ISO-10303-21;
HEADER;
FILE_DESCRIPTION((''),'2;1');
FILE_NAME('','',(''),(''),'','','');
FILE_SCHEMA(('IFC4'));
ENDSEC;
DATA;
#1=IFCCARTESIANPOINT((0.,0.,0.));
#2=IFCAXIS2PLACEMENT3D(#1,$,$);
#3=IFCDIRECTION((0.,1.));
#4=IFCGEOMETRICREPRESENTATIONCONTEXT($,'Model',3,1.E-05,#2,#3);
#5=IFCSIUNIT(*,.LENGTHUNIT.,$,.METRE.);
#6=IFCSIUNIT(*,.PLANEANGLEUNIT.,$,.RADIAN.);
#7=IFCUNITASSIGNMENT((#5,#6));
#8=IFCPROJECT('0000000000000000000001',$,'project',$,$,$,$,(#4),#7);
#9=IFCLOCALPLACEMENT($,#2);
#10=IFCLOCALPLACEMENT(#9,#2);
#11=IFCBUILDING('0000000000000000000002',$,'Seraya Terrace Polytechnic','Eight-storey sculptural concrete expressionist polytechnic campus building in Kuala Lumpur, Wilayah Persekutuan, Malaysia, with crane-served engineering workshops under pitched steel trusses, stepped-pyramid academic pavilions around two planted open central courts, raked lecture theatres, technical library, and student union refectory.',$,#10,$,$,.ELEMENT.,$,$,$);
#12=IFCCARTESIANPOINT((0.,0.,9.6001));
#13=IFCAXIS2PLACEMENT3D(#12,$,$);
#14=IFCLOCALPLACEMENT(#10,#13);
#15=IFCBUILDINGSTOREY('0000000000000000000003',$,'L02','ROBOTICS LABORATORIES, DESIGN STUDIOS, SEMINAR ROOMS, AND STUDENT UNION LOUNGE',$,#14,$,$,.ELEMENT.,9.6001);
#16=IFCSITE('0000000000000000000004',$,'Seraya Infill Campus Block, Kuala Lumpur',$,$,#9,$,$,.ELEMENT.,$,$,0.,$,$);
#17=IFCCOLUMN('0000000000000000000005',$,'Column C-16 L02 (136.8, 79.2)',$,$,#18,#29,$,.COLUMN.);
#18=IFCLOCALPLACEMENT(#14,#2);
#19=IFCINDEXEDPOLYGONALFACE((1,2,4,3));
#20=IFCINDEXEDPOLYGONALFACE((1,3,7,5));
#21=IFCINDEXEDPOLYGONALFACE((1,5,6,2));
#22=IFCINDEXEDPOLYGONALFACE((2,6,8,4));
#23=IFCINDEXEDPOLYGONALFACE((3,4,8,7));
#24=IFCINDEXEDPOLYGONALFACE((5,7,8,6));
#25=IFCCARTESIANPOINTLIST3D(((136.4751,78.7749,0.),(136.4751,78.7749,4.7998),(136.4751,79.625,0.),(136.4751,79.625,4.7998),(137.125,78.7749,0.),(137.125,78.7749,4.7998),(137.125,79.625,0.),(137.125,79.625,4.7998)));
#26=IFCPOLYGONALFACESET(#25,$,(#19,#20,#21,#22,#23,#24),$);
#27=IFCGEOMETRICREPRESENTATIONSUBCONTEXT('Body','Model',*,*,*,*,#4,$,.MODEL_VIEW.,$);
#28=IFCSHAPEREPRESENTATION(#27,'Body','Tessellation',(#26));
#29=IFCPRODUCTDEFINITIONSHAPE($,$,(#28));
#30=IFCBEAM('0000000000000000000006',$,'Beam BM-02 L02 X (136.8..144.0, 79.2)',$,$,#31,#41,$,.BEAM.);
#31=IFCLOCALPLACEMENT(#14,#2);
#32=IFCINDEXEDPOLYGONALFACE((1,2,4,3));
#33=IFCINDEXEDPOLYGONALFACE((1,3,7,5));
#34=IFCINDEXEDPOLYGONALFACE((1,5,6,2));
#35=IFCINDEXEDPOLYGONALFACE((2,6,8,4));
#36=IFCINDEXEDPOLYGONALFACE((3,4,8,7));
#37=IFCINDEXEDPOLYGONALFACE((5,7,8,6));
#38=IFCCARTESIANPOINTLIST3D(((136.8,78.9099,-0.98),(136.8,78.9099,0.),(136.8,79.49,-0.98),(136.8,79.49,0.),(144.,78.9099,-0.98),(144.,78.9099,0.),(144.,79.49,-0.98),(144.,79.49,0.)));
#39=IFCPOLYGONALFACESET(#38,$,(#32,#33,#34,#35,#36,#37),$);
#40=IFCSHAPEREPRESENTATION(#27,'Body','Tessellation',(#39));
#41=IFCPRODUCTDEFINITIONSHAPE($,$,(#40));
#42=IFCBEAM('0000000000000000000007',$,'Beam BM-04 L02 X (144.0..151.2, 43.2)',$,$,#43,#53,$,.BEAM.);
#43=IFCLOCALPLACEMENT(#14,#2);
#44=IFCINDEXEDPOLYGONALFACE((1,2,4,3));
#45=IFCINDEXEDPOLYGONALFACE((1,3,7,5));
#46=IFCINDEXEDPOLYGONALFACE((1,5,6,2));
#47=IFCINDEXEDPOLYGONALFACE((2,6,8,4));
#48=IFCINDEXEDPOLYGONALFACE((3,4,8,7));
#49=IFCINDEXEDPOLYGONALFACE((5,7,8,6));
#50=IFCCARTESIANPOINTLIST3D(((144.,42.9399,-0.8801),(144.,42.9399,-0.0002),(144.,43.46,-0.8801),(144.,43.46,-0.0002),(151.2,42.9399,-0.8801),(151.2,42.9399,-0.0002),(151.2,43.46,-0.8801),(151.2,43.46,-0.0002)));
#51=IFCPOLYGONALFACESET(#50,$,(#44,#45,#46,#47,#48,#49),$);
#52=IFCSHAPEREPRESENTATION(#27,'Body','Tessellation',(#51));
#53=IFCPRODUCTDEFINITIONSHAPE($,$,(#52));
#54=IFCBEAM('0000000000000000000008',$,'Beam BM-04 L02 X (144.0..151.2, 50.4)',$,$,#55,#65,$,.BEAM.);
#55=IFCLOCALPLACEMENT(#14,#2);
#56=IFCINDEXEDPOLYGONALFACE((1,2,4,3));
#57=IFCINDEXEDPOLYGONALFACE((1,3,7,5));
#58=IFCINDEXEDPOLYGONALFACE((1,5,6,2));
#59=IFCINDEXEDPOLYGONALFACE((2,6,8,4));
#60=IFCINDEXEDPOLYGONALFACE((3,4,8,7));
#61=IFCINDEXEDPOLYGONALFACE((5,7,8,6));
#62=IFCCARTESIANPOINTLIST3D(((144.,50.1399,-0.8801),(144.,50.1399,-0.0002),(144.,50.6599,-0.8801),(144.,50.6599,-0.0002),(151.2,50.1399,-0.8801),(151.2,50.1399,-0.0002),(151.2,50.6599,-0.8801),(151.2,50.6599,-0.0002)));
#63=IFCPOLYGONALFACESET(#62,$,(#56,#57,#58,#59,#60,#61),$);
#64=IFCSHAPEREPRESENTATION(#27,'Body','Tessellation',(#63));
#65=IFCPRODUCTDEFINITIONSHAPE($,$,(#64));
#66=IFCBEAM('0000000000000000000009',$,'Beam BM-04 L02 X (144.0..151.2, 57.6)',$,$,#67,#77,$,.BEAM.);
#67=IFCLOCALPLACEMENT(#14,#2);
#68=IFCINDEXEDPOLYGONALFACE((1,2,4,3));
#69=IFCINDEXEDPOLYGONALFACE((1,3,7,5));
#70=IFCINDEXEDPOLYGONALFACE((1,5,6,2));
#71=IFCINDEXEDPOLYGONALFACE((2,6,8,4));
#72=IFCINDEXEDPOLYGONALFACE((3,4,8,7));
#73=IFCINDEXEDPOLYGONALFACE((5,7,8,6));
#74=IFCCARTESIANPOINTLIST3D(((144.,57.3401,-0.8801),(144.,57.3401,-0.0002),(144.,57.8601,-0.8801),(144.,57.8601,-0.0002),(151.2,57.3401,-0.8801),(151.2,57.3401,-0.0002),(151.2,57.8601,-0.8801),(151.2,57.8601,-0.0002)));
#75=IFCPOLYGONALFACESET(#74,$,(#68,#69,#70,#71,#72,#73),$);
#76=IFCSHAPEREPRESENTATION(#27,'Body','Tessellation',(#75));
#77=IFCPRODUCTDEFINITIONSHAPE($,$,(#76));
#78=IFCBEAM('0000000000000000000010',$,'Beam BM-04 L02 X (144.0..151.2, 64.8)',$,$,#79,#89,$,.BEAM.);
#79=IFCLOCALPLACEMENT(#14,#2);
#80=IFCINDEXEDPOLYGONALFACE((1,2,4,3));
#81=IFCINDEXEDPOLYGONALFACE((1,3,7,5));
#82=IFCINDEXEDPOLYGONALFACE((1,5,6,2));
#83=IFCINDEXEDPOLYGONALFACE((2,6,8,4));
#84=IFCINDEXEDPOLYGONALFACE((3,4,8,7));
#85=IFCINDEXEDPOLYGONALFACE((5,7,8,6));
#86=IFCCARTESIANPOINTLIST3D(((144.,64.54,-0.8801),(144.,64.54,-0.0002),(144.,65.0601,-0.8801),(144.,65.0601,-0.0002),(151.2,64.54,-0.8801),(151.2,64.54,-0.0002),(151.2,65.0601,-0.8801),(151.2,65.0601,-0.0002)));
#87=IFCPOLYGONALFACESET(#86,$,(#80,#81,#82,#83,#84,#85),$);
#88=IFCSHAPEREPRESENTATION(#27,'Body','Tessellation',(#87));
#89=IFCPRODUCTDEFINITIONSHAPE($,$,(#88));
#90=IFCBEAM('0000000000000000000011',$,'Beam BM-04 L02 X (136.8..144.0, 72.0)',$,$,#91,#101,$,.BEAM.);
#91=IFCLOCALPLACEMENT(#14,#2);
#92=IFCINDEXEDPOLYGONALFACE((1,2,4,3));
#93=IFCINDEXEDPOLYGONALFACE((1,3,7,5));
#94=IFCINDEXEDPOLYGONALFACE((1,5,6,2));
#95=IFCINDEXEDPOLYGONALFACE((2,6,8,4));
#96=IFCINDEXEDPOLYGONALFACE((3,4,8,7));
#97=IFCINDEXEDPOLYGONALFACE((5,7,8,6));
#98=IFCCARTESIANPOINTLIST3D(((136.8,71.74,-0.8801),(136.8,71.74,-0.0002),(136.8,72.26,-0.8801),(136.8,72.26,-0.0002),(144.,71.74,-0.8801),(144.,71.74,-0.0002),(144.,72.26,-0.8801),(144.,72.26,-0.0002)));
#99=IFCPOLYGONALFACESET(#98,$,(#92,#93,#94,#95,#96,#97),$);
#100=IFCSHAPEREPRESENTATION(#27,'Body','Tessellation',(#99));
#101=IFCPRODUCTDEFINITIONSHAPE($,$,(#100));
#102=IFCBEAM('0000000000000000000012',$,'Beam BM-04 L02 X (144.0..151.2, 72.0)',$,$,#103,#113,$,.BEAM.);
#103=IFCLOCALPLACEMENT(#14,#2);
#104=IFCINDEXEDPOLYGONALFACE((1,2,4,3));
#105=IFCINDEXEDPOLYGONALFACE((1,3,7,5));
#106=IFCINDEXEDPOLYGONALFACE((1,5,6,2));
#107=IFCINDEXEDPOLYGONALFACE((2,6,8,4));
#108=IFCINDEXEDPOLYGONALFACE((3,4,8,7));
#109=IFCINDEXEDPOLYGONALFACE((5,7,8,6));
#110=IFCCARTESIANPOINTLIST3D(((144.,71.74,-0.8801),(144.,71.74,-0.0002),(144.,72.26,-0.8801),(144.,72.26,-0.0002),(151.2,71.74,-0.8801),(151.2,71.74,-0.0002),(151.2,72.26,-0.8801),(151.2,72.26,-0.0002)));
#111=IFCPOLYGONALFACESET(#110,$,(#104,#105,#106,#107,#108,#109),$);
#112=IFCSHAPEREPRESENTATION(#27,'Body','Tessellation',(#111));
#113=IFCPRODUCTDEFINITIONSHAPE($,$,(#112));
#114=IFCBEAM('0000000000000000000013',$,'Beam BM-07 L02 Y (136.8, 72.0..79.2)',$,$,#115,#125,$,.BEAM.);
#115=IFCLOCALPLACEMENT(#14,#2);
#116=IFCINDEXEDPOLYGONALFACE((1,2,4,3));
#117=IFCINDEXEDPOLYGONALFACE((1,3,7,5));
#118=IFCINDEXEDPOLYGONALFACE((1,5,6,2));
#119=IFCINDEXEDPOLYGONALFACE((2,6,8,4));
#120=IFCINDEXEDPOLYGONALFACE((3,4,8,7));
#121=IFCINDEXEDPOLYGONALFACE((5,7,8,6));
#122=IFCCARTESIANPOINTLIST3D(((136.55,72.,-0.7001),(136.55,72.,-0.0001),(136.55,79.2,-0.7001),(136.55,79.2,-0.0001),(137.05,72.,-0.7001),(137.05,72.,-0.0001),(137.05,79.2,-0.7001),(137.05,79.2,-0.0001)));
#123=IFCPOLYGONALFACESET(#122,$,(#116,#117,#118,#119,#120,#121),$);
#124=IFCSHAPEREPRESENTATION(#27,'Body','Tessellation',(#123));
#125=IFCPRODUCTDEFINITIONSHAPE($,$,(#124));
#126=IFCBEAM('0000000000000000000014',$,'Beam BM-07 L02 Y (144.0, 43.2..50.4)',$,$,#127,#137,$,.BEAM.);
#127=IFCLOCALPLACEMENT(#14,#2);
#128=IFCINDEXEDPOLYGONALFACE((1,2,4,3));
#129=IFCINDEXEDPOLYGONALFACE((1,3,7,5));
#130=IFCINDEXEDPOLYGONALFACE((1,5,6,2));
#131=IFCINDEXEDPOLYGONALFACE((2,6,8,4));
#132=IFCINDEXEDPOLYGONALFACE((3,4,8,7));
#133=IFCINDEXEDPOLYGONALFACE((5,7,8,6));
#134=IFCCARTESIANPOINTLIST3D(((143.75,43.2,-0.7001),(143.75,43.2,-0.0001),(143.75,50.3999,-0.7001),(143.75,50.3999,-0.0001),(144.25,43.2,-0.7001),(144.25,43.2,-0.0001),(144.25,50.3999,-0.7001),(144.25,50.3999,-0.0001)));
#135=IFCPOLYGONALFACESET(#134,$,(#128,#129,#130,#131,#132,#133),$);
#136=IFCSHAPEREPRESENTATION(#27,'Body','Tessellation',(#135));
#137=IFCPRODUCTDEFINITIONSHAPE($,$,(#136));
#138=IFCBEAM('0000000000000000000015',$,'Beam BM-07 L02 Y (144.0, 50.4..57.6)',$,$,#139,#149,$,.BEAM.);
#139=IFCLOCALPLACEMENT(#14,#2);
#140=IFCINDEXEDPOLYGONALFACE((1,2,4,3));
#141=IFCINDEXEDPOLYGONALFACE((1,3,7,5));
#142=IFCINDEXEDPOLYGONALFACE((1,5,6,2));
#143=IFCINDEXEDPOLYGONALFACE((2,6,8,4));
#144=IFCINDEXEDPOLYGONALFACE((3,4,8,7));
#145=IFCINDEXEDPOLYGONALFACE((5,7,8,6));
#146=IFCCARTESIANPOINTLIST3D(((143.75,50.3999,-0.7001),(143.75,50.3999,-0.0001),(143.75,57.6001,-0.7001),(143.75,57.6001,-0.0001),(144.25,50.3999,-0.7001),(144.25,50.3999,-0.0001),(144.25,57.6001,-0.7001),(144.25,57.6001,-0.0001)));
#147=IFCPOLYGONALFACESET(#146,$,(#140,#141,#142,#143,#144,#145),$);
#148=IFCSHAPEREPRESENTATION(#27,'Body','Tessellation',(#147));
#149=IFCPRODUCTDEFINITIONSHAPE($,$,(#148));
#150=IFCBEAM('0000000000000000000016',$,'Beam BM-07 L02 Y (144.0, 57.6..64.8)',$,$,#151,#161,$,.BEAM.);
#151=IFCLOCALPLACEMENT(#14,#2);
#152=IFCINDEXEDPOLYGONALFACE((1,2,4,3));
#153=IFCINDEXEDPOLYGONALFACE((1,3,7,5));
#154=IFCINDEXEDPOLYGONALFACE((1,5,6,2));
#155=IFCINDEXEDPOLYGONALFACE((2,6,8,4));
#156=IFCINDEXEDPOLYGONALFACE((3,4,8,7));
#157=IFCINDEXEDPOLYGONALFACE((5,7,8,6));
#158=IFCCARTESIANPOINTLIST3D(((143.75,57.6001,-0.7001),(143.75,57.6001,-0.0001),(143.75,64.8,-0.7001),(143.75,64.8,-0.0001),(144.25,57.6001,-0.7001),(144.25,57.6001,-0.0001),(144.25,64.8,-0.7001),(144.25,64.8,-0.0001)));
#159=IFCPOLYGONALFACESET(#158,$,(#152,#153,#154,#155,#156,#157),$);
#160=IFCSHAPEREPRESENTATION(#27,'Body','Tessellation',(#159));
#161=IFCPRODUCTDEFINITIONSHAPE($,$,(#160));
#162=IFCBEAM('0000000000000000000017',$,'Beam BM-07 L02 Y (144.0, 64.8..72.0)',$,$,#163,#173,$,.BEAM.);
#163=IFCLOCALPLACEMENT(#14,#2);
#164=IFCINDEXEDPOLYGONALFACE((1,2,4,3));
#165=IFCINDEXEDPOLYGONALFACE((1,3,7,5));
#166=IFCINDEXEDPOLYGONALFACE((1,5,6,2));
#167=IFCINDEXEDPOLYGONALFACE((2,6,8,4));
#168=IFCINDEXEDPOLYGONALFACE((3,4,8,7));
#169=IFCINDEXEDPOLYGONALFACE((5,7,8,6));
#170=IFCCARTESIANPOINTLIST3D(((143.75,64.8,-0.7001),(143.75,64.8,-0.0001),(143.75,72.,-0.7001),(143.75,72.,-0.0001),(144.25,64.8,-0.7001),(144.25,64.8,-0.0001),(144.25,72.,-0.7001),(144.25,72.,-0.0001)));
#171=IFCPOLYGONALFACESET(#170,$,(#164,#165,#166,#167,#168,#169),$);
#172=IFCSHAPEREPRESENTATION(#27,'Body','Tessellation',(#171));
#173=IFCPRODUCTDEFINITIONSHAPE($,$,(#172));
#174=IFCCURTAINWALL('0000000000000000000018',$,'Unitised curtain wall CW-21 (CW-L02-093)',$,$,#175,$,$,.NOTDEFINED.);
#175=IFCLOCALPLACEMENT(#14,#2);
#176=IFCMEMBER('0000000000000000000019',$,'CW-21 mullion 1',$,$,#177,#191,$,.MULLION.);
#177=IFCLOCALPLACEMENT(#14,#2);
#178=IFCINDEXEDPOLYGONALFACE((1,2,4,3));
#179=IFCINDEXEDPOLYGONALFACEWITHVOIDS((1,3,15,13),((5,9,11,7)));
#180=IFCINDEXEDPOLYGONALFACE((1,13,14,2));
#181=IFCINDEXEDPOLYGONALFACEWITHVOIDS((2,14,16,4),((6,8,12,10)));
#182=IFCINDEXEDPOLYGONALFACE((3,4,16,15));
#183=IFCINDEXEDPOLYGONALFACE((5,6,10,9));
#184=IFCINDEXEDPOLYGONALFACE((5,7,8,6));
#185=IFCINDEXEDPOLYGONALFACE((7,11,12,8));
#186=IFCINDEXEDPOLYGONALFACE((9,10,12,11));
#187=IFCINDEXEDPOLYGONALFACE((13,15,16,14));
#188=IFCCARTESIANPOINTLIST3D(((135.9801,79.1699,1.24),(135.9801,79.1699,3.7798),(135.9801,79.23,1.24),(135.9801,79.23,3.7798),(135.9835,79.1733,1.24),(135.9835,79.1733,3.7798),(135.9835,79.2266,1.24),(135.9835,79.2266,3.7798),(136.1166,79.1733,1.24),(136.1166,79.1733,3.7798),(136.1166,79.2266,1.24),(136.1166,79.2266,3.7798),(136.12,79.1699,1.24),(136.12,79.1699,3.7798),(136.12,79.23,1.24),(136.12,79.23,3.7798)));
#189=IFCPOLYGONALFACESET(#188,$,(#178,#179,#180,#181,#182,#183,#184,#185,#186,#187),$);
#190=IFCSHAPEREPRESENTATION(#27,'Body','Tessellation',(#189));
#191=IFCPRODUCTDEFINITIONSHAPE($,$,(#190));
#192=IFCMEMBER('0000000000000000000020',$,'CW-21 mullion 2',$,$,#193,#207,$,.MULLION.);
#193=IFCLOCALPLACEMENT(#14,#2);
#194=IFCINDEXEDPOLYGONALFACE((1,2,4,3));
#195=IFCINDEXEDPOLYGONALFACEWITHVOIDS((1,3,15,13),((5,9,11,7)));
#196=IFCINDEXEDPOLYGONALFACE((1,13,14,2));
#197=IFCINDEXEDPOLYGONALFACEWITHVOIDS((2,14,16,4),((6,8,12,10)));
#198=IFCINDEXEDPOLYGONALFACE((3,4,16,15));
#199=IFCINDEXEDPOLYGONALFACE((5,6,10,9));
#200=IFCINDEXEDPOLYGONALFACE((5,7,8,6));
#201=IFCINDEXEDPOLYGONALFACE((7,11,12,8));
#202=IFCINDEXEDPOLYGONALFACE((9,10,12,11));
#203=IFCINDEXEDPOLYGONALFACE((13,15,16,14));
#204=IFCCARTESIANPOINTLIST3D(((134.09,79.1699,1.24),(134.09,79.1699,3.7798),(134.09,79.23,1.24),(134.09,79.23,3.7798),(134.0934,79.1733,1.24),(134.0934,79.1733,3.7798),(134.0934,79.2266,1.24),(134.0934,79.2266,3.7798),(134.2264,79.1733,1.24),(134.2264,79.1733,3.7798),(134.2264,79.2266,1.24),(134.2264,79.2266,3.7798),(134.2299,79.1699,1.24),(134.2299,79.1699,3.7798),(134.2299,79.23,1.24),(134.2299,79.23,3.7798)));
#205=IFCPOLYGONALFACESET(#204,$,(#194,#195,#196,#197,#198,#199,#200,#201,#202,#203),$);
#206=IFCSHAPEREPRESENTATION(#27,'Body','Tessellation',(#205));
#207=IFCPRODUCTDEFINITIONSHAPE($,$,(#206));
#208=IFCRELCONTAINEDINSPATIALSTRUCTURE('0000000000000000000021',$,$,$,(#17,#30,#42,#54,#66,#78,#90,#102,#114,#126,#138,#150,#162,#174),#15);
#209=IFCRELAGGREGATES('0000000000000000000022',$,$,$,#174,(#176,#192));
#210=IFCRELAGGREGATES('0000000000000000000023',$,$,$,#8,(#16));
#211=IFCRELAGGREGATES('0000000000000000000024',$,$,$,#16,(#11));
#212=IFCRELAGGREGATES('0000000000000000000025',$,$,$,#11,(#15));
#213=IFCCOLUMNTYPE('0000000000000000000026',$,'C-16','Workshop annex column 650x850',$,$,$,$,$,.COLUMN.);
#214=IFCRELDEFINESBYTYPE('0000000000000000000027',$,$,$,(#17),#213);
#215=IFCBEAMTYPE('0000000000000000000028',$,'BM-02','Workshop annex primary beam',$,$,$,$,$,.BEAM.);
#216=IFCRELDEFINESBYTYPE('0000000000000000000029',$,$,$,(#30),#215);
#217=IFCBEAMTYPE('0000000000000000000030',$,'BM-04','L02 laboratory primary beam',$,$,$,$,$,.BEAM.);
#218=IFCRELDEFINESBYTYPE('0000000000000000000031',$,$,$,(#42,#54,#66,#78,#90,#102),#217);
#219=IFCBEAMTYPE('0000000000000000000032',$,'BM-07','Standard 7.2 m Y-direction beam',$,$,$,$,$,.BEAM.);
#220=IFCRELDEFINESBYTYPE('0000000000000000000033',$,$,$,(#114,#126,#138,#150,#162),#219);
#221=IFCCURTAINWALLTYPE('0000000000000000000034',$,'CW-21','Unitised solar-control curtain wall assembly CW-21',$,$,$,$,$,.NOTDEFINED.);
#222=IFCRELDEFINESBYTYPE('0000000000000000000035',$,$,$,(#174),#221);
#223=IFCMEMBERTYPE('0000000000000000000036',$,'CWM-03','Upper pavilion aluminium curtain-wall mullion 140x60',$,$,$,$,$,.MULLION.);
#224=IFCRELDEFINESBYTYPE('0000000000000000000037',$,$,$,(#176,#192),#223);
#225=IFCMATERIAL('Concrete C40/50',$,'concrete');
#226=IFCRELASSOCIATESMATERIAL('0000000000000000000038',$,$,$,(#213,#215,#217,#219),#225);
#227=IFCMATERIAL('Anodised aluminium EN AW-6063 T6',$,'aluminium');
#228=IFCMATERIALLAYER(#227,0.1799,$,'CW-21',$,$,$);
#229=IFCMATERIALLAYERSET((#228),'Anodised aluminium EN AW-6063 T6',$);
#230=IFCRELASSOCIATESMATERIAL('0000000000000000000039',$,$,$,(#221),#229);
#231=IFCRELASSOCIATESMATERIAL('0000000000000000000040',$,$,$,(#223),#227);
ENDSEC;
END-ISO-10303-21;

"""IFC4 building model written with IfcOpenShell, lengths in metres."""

from ifc_helpers import new_model, si_unit, direction, frame, origin, origin_2d, place, context, subcontext, project, spatial, rectangle, hollow_rectangle, extrude, material, layer, layer_set, material_profile, profile_set, type_object, element, aggregate, save


model = new_model("IFC4")

# Units and contexts
model_context = context("Model", 3, precision=1e-05, world=origin(), true_north=direction((0.0, 1.0)))
body_context = subcontext(model_context, "Body", "Model", "MODEL_VIEW")
ifc_project = project(units=[si_unit("LENGTHUNIT", "METRE"), si_unit("PLANEANGLEUNIT", "RADIAN")], contexts=[model_context])

# Site, building, storey
site_placement = place(None, origin())
site = spatial("IfcSite", under=ifc_project, at=site_placement, Name="Seraya Infill Campus Block, Kuala Lumpur", CompositionType="ELEMENT", RefElevation=0.0)
building_placement = place(site_placement, origin())
building = spatial("IfcBuilding", under=site, at=building_placement, Name="Seraya Terrace Polytechnic", Description="Eight-storey sculptural concrete expressionist polytechnic campus building in Kuala Lumpur, Wilayah Persekutuan, Malaysia, with crane-served engineering workshops under pitched steel trusses, stepped-pyramid academic pavilions around two planted open central courts, raked lecture theatres, technical library, and student union refectory.", CompositionType="ELEMENT")
storey_placement = place(building_placement, frame((0.0, 0.0, 9.6001)))
storey = spatial("IfcBuildingStorey", under=building, at=storey_placement, Name="L02", Description="ROBOTICS LABORATORIES, DESIGN STUDIOS, SEMINAR ROOMS, AND STUDENT UNION LOUNGE", CompositionType="ELEMENT", Elevation=9.6001)

# Column
ifc_material_1 = material(Name="Concrete C40/50", Category="concrete")
ifc_material_profile_1 = material_profile(ifc_material_1, rectangle(XDim=0.6499, YDim=0.8501, at=origin_2d()), Name="RC 650x850")
ifc_profile_set_1 = profile_set([ifc_material_profile_1], Name="Concrete C40/50")
column_type = type_object("IfcColumnType", Name="C-16", Description="Workshop annex column 650x850", PredefinedType="COLUMN", material=ifc_profile_set_1)
column_placement = place(storey_placement, frame((136.8, 79.2, 0.0), z_axis=(0.0, 0.0, 1.0), x_axis=(1.0, 0.0, 0.0)))
element("IfcColumn", 1, at=column_placement, inside=storey, type_object=column_type, Name="Column C-16 L02 (136.8, 79.2)", PredefinedType="COLUMN", context=body_context, shape_type="SweptSolid", body=[
    extrude(rectangle(XDim=0.6499, YDim=0.8501, at=origin_2d()), origin(), (0.0, 0.0, 1.0), 4.7998),
])

# Beams
ifc_material_profile_2 = material_profile(ifc_material_1, rectangle(XDim=0.5801, YDim=0.98, at=origin_2d()), Name="RC 580x980")
ifc_profile_set_2 = profile_set([ifc_material_profile_2], Name="Concrete C40/50")
beam_type_1 = type_object("IfcBeamType", Name="BM-02", Description="Workshop annex primary beam", PredefinedType="BEAM", material=ifc_profile_set_2)
beam_1_placement = place(storey_placement, frame((136.8, 79.2, -0.49), z_axis=(1.0, 0.0, 0.0), x_axis=(0.0, 1.0, 0.0)))
element("IfcBeam", 2, at=beam_1_placement, inside=storey, type_object=beam_type_1, Name="Beam BM-02 L02 X (136.8..144.0, 79.2)", PredefinedType="BEAM", context=body_context, shape_type="SweptSolid", body=[
    extrude(rectangle(XDim=0.5801, YDim=0.98, at=origin_2d()), origin(), (0.0, 0.0, 1.0), 7.2),
])
ifc_material_profile_3 = material_profile(ifc_material_1, rectangle(XDim=0.52, YDim=0.8799, at=origin_2d()), Name="RC 520x880")
ifc_profile_set_3 = profile_set([ifc_material_profile_3], Name="Concrete C40/50")
beam_type_2 = type_object("IfcBeamType", Name="BM-04", Description="L02 laboratory primary beam", PredefinedType="BEAM", material=ifc_profile_set_3)
for number, where, z_axis, x_axis, name in (
    (3, (144.0, 43.2, -0.4402), (1.0, 0.0, 0.0), (0.0, 1.0, 0.0), "Beam BM-04 L02 X (144.0..151.2, 43.2)"),
    (4, (144.0, 50.3999, -0.4402), (1.0, 0.0, 0.0), (0.0, 1.0, 0.0), "Beam BM-04 L02 X (144.0..151.2, 50.4)"),
    (5, (144.0, 57.6001, -0.4402), (1.0, 0.0, 0.0), (0.0, 1.0, 0.0), "Beam BM-04 L02 X (144.0..151.2, 57.6)"),
    (6, (144.0, 64.8, -0.4402), (1.0, 0.0, 0.0), (0.0, 1.0, 0.0), "Beam BM-04 L02 X (144.0..151.2, 64.8)"),
    (7, (136.8, 72.0, -0.4402), (1.0, 0.0, 0.0), (0.0, 1.0, 0.0), "Beam BM-04 L02 X (136.8..144.0, 72.0)"),
    (8, (144.0, 72.0, -0.4402), (1.0, 0.0, 0.0), (0.0, 1.0, 0.0), "Beam BM-04 L02 X (144.0..151.2, 72.0)"),
):
    element("IfcBeam", number, at=place(storey_placement, frame(where, z_axis=z_axis, x_axis=x_axis)), inside=storey, type_object=beam_type_2, Name=name, PredefinedType="BEAM", context=body_context, shape_type="SweptSolid", body=[
        extrude(rectangle(XDim=0.52, YDim=0.8799, at=origin_2d()), origin(), (0.0, 0.0, 1.0), 7.2),
    ])
ifc_material_profile_4 = material_profile(ifc_material_1, rectangle(XDim=0.5, YDim=0.7, at=origin_2d()), Name="RC 500x700")
ifc_profile_set_4 = profile_set([ifc_material_profile_4], Name="Concrete C40/50")
beam_type_3 = type_object("IfcBeamType", Name="BM-07", Description="Standard 7.2 m Y-direction beam", PredefinedType="BEAM", material=ifc_profile_set_4)
for number, where, z_axis, x_axis, name in (
    (9, (136.8, 72.0, -0.3501), (0.0, 1.0, 0.0), (-1.0, 0.0, 0.0), "Beam BM-07 L02 Y (136.8, 72.0..79.2)"),
    (10, (144.0, 43.2, -0.3501), (0.0, 1.0, 0.0), (-1.0, 0.0, 0.0), "Beam BM-07 L02 Y (144.0, 43.2..50.4)"),
):
    element("IfcBeam", number, at=place(storey_placement, frame(where, z_axis=z_axis, x_axis=x_axis)), inside=storey, type_object=beam_type_3, Name=name, PredefinedType="BEAM", context=body_context, shape_type="SweptSolid", body=[
        extrude(rectangle(XDim=0.5, YDim=0.7, at=origin_2d()), origin(), (0.0, 0.0, 1.0), 7.2),
    ])
beam_2_placement = place(storey_placement, frame((144.0, 50.3999, -0.3501), z_axis=(0.0, 1.0, 0.0), x_axis=(-1.0, 0.0, 0.0)))
element("IfcBeam", 11, at=beam_2_placement, inside=storey, type_object=beam_type_3, Name="Beam BM-07 L02 Y (144.0, 50.4..57.6)", PredefinedType="BEAM", context=body_context, shape_type="SweptSolid", body=[
    extrude(rectangle(XDim=0.5, YDim=0.7, at=origin_2d()), origin(), (0.0, 0.0, 1.0), 7.2002),
])
for number, where, z_axis, x_axis, name in (
    (12, (144.0, 57.6001, -0.3501), (0.0, 1.0, 0.0), (-1.0, 0.0, 0.0), "Beam BM-07 L02 Y (144.0, 57.6..64.8)"),
    (13, (144.0, 64.8, -0.3501), (0.0, 1.0, 0.0), (-1.0, 0.0, 0.0), "Beam BM-07 L02 Y (144.0, 64.8..72.0)"),
):
    element("IfcBeam", number, at=place(storey_placement, frame(where, z_axis=z_axis, x_axis=x_axis)), inside=storey, type_object=beam_type_3, Name=name, PredefinedType="BEAM", context=body_context, shape_type="SweptSolid", body=[
        extrude(rectangle(XDim=0.5, YDim=0.7, at=origin_2d()), origin(), (0.0, 0.0, 1.0), 7.2),
    ])

# Curtain wall, members
ifc_material_2 = material(Name="Anodised aluminium EN AW-6063 T6", Category="aluminium")
ifc_layer_1 = layer(ifc_material_2, 0.1799, Name="CW-21")
ifc_layer_set_1 = layer_set([ifc_layer_1], Name="Anodised aluminium EN AW-6063 T6")
curtain_wall_type = type_object("IfcCurtainWallType", Name="CW-21", Description="Unitised solar-control curtain wall assembly CW-21", PredefinedType="NOTDEFINED", material=ifc_layer_set_1)
curtain_wall_placement = place(storey_placement, origin())
curtain_wall = element("IfcCurtainWall", 14, at=curtain_wall_placement, inside=storey, type_object=curtain_wall_type, Name="Unitised curtain wall CW-21 (CW-L02-093)", PredefinedType="NOTDEFINED")
ifc_material_profile_5 = material_profile(ifc_material_2, hollow_rectangle(XDim=0.0601, YDim=0.1399, WallThickness=0.0034, at=origin_2d()), Name="RHS 140x60x3.5")
ifc_profile_set_5 = profile_set([ifc_material_profile_5], Name="Anodised aluminium EN AW-6063 T6")
member_type_1 = type_object("IfcMemberType", Name="CWM-03", Description="Upper pavilion aluminium curtain-wall mullion 140x60", PredefinedType="MULLION", material=ifc_profile_set_5)
member_1_placement = place(storey_placement, frame((136.05, 79.2, 1.24), z_axis=(0.0, 0.0, 1.0), x_axis=(0.0, -1.0, 0.0)))
member_1 = element("IfcMember", 15, at=member_1_placement, type_object=member_type_1, Name="CW-21 mullion 1", PredefinedType="MULLION", context=body_context, shape_type="SweptSolid", body=[
    extrude(hollow_rectangle(XDim=0.0601, YDim=0.1399, WallThickness=0.0034, at=origin_2d()), origin(), (0.0, 0.0, 1.0), 2.5398),
])
member_2_placement = place(storey_placement, frame((134.1599, 79.2, 1.24), z_axis=(0.0, 0.0, 1.0), x_axis=(0.0, -1.0, 0.0)))
member_2 = element("IfcMember", 16, at=member_2_placement, type_object=member_type_1, Name="CW-21 mullion 2", PredefinedType="MULLION", context=body_context, shape_type="SweptSolid", body=[
    extrude(hollow_rectangle(XDim=0.0601, YDim=0.1399, WallThickness=0.0034, at=origin_2d()), origin(), (0.0, 0.0, 1.0), 2.5398),
])
aggregate(curtain_wall, [member_1, member_2])

save(model, "model.ifc")
